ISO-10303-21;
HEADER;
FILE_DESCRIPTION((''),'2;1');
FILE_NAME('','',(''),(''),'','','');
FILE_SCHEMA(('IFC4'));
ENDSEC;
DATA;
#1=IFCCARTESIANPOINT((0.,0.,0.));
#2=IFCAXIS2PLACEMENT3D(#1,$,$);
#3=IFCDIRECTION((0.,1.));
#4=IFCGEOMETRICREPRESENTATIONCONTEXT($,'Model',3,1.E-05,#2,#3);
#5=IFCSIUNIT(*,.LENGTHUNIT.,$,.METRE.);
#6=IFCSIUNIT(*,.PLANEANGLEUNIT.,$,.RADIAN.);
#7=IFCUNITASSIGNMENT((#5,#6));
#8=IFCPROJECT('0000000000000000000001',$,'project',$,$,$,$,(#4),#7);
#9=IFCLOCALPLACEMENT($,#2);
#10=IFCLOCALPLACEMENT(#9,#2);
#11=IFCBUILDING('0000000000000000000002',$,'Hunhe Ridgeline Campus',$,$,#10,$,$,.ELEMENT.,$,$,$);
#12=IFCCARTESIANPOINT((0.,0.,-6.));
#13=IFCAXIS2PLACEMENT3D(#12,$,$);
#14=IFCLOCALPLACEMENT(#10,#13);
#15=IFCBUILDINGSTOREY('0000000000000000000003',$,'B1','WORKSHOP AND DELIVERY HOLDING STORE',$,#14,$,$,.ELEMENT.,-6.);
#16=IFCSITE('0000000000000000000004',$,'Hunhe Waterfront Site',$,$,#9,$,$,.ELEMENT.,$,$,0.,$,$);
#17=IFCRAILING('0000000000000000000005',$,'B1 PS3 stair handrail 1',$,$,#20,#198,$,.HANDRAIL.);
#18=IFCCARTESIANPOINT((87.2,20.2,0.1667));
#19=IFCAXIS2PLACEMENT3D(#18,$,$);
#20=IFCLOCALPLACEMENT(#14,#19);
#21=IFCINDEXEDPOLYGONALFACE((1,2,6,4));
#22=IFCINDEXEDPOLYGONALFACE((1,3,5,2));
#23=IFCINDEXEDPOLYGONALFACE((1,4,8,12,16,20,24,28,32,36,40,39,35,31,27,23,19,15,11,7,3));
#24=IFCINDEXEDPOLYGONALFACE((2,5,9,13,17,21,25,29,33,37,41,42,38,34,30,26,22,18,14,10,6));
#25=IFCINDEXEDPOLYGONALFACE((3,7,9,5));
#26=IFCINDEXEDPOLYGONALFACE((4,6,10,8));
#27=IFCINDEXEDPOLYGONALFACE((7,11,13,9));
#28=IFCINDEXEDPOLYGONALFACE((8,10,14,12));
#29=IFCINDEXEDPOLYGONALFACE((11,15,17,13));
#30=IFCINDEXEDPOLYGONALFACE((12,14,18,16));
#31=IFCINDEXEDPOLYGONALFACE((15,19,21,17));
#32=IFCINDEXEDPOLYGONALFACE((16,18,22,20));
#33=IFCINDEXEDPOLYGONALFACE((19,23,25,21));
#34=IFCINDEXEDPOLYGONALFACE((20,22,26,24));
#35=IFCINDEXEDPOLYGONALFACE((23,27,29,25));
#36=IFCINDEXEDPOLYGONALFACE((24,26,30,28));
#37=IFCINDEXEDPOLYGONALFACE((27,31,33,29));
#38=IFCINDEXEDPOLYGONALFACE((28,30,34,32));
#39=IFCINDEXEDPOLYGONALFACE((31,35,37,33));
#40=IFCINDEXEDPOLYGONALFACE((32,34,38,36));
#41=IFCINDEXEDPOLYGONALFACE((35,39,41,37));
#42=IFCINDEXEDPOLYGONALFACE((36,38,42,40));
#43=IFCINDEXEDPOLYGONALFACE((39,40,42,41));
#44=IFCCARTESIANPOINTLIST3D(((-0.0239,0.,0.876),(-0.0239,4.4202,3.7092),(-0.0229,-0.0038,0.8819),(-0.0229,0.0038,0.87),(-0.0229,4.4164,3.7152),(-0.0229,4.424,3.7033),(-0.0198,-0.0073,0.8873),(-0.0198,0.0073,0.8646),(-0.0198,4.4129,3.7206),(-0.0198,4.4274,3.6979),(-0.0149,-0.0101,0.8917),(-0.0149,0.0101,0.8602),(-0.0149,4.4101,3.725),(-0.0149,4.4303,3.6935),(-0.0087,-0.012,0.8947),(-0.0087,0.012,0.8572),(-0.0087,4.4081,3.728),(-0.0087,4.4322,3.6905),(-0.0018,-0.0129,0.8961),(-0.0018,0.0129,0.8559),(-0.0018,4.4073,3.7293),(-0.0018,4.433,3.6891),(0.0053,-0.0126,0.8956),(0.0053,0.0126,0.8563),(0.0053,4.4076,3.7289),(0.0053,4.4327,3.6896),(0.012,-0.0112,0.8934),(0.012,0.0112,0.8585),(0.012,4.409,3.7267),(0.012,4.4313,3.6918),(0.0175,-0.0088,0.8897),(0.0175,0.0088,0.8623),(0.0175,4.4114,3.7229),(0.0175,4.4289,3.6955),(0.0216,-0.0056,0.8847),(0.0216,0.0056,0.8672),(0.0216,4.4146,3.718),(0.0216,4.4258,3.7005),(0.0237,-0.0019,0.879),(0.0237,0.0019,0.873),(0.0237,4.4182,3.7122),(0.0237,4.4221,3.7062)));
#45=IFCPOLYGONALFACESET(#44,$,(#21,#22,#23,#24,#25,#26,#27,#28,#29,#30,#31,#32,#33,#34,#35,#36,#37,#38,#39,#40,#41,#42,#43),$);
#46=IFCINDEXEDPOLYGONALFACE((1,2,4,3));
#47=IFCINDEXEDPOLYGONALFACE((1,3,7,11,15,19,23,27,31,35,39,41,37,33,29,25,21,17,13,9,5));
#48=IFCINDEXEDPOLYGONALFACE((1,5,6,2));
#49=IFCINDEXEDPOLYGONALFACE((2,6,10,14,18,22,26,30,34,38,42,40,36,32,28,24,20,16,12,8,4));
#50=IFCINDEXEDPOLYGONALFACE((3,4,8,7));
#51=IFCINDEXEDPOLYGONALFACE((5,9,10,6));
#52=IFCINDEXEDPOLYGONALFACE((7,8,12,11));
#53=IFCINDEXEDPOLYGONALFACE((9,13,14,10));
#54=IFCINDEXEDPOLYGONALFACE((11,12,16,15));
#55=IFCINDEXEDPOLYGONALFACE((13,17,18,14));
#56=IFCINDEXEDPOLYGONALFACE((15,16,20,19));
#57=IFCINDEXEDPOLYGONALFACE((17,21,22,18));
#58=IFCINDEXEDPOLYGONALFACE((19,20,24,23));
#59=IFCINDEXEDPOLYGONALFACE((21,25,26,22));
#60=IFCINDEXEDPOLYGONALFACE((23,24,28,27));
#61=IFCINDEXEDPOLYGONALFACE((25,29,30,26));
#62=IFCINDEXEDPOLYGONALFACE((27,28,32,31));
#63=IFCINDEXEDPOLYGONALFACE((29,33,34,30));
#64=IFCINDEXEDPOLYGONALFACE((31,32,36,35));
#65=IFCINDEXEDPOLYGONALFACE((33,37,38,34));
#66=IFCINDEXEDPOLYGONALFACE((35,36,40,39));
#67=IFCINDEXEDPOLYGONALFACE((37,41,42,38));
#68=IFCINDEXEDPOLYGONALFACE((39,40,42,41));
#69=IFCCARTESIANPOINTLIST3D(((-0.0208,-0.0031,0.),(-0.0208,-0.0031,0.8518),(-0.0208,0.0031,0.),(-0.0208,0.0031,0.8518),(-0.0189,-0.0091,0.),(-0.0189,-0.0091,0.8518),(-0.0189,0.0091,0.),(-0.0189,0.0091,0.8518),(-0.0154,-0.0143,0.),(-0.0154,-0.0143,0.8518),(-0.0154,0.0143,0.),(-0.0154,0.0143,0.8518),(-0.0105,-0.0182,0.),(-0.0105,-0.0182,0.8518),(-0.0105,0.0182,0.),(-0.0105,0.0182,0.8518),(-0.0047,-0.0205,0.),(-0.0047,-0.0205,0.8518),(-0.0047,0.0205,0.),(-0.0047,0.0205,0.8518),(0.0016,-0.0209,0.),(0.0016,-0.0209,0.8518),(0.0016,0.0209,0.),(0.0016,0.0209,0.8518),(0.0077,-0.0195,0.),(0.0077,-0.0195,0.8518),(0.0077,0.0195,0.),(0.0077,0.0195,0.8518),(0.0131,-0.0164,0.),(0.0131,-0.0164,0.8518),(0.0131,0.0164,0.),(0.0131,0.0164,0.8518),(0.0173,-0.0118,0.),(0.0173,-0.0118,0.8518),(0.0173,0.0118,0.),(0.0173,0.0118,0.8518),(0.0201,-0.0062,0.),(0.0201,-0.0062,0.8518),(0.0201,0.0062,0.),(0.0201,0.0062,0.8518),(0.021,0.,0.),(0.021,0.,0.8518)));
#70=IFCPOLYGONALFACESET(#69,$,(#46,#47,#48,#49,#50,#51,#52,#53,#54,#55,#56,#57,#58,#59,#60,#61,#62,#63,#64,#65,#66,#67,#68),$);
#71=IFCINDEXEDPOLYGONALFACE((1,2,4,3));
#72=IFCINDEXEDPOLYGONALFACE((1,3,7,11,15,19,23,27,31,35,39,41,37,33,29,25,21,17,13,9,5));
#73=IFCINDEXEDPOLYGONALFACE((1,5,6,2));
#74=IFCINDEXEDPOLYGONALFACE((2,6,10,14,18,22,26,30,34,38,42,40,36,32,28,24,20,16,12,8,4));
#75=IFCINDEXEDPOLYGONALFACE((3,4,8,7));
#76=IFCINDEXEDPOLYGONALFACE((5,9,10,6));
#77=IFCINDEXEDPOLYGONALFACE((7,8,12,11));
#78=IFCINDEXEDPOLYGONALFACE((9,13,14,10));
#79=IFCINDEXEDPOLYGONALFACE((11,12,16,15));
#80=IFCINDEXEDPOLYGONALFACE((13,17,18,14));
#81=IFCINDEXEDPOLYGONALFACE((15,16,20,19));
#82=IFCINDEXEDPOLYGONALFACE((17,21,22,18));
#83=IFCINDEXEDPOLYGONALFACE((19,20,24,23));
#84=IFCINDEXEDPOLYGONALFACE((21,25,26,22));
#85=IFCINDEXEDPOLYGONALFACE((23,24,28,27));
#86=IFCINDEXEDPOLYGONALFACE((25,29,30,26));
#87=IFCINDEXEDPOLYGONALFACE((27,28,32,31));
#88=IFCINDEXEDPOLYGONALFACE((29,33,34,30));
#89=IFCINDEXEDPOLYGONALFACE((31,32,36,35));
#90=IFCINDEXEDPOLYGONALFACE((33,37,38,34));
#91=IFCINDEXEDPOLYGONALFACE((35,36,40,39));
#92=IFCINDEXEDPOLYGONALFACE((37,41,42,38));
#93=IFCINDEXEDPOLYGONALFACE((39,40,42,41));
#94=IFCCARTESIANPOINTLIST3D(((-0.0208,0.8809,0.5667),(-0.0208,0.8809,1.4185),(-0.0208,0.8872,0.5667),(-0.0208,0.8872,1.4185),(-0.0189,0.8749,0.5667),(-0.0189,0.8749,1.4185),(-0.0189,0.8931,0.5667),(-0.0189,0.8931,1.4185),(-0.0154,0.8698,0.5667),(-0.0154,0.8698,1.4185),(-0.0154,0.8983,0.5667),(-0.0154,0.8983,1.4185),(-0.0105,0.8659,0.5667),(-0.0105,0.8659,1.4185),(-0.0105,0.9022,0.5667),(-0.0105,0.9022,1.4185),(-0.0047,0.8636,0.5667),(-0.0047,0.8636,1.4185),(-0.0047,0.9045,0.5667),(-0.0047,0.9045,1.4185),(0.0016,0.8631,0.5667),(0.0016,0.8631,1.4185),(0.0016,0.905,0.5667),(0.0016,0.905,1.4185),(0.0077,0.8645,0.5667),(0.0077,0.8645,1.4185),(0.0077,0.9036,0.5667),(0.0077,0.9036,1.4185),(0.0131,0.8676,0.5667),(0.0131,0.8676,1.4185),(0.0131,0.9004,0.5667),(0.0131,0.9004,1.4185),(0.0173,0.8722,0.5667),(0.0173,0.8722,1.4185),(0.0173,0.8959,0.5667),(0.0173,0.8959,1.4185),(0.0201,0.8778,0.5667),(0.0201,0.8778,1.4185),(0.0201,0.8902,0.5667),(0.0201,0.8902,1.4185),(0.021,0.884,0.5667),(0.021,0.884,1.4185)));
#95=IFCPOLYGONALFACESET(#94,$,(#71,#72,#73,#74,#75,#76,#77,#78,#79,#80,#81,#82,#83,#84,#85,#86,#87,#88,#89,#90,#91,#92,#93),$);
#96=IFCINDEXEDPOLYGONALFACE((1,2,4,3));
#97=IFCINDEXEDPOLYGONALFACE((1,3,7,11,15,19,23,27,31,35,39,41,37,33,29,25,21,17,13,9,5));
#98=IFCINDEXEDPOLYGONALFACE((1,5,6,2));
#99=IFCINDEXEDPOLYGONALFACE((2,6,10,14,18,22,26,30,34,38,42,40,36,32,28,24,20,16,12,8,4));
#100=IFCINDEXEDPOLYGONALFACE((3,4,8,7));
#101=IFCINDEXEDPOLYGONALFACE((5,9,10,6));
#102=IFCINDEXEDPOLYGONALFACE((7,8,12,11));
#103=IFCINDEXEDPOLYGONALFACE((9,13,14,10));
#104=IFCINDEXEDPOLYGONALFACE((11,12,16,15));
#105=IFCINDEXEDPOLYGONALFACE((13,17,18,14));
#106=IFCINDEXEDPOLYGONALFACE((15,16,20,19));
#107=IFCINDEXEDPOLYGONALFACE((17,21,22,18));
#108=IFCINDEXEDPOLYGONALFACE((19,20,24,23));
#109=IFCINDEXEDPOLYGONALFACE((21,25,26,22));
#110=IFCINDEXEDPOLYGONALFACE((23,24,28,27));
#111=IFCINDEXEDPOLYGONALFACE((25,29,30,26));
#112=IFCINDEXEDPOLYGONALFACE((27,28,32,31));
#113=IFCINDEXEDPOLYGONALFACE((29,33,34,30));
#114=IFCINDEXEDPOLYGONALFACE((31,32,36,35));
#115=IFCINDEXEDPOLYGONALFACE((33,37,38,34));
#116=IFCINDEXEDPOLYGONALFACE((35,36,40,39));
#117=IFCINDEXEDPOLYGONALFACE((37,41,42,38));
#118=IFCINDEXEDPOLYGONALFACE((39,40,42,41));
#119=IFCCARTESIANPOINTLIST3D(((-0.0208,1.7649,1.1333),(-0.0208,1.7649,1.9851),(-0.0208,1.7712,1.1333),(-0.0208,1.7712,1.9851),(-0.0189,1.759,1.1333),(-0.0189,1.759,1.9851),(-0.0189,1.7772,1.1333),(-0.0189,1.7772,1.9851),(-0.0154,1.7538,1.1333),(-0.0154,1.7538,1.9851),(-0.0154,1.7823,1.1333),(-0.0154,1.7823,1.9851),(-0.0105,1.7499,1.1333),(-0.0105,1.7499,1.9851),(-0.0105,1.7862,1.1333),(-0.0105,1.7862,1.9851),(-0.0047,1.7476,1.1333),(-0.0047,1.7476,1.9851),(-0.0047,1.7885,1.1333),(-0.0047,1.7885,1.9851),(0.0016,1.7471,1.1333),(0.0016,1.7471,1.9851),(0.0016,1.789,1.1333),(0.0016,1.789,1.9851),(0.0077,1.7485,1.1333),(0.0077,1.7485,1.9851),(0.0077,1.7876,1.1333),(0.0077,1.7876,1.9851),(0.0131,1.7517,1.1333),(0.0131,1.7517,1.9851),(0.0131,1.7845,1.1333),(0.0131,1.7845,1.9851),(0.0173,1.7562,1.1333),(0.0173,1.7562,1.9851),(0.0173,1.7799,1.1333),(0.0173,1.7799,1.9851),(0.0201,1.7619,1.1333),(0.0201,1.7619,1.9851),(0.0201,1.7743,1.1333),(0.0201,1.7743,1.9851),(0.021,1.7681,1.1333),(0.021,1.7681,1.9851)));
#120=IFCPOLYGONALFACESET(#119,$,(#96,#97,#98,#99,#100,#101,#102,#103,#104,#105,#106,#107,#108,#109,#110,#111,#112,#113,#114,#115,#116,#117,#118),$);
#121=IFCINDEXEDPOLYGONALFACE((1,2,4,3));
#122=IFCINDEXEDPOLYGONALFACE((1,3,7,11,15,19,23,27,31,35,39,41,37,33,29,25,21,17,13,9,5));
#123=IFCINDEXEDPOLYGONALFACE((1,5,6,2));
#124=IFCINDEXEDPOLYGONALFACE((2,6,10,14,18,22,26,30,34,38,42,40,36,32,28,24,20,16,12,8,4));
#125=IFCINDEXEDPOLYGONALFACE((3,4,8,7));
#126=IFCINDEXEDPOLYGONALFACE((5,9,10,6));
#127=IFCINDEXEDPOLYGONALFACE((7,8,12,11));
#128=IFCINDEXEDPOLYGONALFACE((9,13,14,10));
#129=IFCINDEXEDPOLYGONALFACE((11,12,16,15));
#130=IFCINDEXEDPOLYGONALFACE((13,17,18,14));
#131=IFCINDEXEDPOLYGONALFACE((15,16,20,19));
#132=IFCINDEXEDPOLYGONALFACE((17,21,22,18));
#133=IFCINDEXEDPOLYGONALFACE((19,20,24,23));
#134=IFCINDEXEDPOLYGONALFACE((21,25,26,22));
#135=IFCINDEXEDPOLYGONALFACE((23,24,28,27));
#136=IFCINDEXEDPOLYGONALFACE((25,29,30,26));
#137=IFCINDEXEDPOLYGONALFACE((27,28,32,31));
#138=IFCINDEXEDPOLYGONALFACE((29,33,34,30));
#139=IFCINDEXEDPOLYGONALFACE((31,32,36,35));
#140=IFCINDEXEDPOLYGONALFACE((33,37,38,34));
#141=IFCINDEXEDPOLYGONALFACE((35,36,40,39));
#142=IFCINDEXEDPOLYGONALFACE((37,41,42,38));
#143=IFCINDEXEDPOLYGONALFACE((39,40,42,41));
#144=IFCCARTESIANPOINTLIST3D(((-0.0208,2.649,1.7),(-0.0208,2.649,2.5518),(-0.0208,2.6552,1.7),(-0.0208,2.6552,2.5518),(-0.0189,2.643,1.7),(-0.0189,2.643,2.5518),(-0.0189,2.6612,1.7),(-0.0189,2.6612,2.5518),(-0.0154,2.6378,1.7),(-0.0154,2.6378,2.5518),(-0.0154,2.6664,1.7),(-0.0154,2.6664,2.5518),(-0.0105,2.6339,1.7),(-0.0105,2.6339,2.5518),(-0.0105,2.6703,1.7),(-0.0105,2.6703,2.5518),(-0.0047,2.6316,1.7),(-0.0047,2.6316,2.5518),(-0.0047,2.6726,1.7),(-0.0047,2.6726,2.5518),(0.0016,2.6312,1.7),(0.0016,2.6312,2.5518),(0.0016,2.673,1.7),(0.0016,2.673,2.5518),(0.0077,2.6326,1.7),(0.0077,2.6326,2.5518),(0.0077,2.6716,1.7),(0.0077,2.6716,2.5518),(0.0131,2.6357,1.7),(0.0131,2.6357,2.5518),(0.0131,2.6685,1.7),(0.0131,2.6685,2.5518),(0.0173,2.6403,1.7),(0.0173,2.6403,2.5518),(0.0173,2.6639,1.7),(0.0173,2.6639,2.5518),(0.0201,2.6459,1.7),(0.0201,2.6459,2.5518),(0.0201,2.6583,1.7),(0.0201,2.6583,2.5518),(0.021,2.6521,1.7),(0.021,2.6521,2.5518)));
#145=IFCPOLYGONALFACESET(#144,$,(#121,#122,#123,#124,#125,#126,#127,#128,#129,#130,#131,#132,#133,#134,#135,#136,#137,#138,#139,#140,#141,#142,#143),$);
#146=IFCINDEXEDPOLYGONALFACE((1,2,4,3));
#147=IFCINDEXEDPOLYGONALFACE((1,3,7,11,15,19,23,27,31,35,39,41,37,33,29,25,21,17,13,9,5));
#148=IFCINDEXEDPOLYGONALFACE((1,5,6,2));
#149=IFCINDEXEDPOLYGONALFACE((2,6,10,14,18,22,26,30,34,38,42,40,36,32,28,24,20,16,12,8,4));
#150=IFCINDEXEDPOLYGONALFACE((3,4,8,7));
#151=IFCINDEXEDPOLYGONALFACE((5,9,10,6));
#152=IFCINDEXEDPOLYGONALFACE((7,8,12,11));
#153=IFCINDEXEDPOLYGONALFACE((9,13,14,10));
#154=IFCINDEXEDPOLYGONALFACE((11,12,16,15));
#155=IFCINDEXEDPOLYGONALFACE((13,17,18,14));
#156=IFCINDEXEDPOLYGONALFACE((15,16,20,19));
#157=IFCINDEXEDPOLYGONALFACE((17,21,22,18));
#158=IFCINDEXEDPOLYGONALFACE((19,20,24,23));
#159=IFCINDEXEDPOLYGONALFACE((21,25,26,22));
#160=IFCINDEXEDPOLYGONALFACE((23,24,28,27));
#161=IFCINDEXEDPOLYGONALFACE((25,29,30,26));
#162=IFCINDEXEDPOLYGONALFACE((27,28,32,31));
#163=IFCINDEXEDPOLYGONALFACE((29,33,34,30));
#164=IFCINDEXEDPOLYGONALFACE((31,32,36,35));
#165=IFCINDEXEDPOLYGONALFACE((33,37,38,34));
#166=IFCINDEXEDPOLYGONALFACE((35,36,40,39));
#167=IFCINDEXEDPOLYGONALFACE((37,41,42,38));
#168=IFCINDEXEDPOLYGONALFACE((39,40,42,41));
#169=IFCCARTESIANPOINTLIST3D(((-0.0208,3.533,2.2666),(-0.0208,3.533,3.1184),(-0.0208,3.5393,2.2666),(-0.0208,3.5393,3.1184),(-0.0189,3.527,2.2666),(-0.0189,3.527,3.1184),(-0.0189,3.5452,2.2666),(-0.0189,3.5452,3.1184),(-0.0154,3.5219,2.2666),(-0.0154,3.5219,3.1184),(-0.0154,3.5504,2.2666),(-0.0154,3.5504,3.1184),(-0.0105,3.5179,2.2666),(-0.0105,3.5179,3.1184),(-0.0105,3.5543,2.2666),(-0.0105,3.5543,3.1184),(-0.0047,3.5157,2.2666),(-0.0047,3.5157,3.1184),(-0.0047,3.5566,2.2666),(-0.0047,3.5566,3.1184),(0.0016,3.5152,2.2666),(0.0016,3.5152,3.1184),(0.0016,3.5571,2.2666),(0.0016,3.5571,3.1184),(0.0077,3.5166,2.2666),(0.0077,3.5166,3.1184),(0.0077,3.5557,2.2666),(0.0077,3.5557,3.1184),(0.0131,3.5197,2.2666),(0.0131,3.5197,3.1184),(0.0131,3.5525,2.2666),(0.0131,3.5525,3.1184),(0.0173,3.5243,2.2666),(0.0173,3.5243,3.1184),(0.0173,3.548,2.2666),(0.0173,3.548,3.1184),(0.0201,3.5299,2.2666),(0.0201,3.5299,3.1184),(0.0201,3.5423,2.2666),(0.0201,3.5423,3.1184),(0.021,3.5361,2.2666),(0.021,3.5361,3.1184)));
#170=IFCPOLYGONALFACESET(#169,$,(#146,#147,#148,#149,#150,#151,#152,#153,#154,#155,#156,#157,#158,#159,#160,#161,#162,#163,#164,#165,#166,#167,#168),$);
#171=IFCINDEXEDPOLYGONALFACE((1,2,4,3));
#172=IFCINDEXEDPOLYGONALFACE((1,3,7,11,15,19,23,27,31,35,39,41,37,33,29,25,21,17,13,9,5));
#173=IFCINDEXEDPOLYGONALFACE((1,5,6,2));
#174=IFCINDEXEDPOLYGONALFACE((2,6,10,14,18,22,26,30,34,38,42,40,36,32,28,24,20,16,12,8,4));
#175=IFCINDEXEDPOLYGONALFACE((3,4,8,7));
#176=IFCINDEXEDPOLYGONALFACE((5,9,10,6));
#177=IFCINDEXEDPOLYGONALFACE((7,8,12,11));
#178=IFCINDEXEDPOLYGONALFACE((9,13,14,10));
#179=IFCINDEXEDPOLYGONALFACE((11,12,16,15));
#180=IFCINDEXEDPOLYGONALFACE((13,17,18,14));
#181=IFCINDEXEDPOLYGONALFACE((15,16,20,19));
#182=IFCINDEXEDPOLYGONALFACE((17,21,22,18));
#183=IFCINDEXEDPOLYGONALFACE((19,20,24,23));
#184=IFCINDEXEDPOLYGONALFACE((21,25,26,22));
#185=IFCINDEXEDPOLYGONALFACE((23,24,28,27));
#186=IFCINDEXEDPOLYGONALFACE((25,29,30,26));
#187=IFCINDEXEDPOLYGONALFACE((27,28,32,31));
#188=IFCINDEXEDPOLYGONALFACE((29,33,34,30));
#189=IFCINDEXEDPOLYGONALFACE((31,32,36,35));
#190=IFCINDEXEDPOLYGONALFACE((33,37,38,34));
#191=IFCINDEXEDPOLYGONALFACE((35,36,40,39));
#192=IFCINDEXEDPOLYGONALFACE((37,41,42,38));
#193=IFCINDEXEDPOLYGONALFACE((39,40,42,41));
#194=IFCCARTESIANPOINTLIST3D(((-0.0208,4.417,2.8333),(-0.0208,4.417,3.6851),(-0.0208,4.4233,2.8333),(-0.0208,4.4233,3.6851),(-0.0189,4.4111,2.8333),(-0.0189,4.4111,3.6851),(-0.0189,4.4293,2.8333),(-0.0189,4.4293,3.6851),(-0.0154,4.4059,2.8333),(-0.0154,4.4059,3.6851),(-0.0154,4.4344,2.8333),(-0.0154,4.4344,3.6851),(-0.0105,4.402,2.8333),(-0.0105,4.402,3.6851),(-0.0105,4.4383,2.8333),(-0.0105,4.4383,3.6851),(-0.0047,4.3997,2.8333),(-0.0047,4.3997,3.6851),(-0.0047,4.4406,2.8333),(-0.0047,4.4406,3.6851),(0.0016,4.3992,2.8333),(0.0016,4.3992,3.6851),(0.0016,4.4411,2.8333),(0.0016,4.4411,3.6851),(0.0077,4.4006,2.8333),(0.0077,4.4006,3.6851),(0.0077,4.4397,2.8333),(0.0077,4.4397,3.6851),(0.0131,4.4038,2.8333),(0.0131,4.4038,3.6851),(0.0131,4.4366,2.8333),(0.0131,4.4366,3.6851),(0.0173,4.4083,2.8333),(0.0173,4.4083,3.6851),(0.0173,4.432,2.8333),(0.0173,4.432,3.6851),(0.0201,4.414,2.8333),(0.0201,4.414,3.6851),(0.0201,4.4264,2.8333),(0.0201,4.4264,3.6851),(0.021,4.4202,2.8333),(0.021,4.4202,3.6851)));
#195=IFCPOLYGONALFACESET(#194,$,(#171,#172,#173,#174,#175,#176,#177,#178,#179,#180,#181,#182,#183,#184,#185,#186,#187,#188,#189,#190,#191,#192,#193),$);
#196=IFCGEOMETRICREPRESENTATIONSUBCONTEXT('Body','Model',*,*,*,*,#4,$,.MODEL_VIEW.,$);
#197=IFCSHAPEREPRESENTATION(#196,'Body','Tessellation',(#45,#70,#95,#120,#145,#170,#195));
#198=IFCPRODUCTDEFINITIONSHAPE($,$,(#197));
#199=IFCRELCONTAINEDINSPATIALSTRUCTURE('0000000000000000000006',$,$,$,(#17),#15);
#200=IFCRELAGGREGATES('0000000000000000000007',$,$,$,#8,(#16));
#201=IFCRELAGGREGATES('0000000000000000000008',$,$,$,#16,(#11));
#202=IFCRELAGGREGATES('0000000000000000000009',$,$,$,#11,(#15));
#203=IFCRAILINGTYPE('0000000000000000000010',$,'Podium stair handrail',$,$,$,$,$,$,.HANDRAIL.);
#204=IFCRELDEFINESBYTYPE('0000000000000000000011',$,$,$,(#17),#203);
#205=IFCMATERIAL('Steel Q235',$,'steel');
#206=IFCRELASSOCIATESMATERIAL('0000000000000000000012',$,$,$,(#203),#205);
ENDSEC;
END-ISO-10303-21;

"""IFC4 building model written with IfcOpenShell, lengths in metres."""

from ifc_helpers import new_model, si_unit, direction, frame, origin, origin_2d, place, context, subcontext, project, spatial, circle, extrude, material, type_object, element, save


model = new_model("IFC4")

# Units and contexts
model_context = context("Model", 3, precision=1e-05, world=origin(), true_north=direction((0.0, 1.0)))
body_context = subcontext(model_context, "Body", "Model", "MODEL_VIEW")
ifc_project = project(units=[si_unit("LENGTHUNIT", "METRE"), si_unit("PLANEANGLEUNIT", "RADIAN")], contexts=[model_context])

# Site, building, storey
site_placement = place(None, origin())
site = spatial("IfcSite", under=ifc_project, at=site_placement, Name="Hunhe Waterfront Site", CompositionType="ELEMENT", RefElevation=0.0)
building_placement = place(site_placement, origin())
building = spatial("IfcBuilding", under=site, at=building_placement, Name="Hunhe Ridgeline Campus", CompositionType="ELEMENT")
storey_placement = place(building_placement, frame((0.0, 0.0, -6.0)))
storey = spatial("IfcBuildingStorey", under=building, at=storey_placement, Name="B1", Description="WORKSHOP AND DELIVERY HOLDING STORE", CompositionType="ELEMENT", Elevation=-6.0)

# Shared definitions
ifc_material_1 = material(Name="Steel Q235", Category="steel")

# Railing
railing_type_1 = type_object("IfcRailingType", Name="Podium stair handrail", PredefinedType="HANDRAIL", material=ifc_material_1)
railing_1_placement = place(storey_placement, frame((87.2, 20.2, 0.1667)))
element("IfcRailing", 1, at=railing_1_placement, inside=storey, type_object=railing_type_1, Name="B1 PS3 stair handrail 1", PredefinedType="HANDRAIL", context=body_context, shape_type="SweptSolid", body=[
    extrude(circle(Radius=0.0239, at=origin_2d()), frame((0.0, 0.0, 0.876), z_axis=(0.0, 0.841895, 0.539641), x_axis=(-1.0, 0.0, 0.0)), (0.0, 0.0, 1.0), 5.2502),
    extrude(circle(Radius=0.021, at=origin_2d()), origin(), (0.0, 0.0, 1.0), 0.8518),
    extrude(circle(Radius=0.021, at=origin_2d()), frame((0.0, 0.884, 0.5667)), (0.0, 0.0, 1.0), 0.8518),
    extrude(circle(Radius=0.021, at=origin_2d()), frame((0.0, 1.7681, 1.1333)), (0.0, 0.0, 1.0), 0.8518),
    extrude(circle(Radius=0.021, at=origin_2d()), frame((0.0, 2.6521, 1.7)), (0.0, 0.0, 1.0), 0.8518),
    extrude(circle(Radius=0.021, at=origin_2d()), frame((0.0, 3.5361, 2.2666)), (0.0, 0.0, 1.0), 0.8518),
    extrude(circle(Radius=0.021, at=origin_2d()), frame((0.0, 4.4202, 2.8333)), (0.0, 0.0, 1.0), 0.8518),
])

save(model, "model.ifc")
